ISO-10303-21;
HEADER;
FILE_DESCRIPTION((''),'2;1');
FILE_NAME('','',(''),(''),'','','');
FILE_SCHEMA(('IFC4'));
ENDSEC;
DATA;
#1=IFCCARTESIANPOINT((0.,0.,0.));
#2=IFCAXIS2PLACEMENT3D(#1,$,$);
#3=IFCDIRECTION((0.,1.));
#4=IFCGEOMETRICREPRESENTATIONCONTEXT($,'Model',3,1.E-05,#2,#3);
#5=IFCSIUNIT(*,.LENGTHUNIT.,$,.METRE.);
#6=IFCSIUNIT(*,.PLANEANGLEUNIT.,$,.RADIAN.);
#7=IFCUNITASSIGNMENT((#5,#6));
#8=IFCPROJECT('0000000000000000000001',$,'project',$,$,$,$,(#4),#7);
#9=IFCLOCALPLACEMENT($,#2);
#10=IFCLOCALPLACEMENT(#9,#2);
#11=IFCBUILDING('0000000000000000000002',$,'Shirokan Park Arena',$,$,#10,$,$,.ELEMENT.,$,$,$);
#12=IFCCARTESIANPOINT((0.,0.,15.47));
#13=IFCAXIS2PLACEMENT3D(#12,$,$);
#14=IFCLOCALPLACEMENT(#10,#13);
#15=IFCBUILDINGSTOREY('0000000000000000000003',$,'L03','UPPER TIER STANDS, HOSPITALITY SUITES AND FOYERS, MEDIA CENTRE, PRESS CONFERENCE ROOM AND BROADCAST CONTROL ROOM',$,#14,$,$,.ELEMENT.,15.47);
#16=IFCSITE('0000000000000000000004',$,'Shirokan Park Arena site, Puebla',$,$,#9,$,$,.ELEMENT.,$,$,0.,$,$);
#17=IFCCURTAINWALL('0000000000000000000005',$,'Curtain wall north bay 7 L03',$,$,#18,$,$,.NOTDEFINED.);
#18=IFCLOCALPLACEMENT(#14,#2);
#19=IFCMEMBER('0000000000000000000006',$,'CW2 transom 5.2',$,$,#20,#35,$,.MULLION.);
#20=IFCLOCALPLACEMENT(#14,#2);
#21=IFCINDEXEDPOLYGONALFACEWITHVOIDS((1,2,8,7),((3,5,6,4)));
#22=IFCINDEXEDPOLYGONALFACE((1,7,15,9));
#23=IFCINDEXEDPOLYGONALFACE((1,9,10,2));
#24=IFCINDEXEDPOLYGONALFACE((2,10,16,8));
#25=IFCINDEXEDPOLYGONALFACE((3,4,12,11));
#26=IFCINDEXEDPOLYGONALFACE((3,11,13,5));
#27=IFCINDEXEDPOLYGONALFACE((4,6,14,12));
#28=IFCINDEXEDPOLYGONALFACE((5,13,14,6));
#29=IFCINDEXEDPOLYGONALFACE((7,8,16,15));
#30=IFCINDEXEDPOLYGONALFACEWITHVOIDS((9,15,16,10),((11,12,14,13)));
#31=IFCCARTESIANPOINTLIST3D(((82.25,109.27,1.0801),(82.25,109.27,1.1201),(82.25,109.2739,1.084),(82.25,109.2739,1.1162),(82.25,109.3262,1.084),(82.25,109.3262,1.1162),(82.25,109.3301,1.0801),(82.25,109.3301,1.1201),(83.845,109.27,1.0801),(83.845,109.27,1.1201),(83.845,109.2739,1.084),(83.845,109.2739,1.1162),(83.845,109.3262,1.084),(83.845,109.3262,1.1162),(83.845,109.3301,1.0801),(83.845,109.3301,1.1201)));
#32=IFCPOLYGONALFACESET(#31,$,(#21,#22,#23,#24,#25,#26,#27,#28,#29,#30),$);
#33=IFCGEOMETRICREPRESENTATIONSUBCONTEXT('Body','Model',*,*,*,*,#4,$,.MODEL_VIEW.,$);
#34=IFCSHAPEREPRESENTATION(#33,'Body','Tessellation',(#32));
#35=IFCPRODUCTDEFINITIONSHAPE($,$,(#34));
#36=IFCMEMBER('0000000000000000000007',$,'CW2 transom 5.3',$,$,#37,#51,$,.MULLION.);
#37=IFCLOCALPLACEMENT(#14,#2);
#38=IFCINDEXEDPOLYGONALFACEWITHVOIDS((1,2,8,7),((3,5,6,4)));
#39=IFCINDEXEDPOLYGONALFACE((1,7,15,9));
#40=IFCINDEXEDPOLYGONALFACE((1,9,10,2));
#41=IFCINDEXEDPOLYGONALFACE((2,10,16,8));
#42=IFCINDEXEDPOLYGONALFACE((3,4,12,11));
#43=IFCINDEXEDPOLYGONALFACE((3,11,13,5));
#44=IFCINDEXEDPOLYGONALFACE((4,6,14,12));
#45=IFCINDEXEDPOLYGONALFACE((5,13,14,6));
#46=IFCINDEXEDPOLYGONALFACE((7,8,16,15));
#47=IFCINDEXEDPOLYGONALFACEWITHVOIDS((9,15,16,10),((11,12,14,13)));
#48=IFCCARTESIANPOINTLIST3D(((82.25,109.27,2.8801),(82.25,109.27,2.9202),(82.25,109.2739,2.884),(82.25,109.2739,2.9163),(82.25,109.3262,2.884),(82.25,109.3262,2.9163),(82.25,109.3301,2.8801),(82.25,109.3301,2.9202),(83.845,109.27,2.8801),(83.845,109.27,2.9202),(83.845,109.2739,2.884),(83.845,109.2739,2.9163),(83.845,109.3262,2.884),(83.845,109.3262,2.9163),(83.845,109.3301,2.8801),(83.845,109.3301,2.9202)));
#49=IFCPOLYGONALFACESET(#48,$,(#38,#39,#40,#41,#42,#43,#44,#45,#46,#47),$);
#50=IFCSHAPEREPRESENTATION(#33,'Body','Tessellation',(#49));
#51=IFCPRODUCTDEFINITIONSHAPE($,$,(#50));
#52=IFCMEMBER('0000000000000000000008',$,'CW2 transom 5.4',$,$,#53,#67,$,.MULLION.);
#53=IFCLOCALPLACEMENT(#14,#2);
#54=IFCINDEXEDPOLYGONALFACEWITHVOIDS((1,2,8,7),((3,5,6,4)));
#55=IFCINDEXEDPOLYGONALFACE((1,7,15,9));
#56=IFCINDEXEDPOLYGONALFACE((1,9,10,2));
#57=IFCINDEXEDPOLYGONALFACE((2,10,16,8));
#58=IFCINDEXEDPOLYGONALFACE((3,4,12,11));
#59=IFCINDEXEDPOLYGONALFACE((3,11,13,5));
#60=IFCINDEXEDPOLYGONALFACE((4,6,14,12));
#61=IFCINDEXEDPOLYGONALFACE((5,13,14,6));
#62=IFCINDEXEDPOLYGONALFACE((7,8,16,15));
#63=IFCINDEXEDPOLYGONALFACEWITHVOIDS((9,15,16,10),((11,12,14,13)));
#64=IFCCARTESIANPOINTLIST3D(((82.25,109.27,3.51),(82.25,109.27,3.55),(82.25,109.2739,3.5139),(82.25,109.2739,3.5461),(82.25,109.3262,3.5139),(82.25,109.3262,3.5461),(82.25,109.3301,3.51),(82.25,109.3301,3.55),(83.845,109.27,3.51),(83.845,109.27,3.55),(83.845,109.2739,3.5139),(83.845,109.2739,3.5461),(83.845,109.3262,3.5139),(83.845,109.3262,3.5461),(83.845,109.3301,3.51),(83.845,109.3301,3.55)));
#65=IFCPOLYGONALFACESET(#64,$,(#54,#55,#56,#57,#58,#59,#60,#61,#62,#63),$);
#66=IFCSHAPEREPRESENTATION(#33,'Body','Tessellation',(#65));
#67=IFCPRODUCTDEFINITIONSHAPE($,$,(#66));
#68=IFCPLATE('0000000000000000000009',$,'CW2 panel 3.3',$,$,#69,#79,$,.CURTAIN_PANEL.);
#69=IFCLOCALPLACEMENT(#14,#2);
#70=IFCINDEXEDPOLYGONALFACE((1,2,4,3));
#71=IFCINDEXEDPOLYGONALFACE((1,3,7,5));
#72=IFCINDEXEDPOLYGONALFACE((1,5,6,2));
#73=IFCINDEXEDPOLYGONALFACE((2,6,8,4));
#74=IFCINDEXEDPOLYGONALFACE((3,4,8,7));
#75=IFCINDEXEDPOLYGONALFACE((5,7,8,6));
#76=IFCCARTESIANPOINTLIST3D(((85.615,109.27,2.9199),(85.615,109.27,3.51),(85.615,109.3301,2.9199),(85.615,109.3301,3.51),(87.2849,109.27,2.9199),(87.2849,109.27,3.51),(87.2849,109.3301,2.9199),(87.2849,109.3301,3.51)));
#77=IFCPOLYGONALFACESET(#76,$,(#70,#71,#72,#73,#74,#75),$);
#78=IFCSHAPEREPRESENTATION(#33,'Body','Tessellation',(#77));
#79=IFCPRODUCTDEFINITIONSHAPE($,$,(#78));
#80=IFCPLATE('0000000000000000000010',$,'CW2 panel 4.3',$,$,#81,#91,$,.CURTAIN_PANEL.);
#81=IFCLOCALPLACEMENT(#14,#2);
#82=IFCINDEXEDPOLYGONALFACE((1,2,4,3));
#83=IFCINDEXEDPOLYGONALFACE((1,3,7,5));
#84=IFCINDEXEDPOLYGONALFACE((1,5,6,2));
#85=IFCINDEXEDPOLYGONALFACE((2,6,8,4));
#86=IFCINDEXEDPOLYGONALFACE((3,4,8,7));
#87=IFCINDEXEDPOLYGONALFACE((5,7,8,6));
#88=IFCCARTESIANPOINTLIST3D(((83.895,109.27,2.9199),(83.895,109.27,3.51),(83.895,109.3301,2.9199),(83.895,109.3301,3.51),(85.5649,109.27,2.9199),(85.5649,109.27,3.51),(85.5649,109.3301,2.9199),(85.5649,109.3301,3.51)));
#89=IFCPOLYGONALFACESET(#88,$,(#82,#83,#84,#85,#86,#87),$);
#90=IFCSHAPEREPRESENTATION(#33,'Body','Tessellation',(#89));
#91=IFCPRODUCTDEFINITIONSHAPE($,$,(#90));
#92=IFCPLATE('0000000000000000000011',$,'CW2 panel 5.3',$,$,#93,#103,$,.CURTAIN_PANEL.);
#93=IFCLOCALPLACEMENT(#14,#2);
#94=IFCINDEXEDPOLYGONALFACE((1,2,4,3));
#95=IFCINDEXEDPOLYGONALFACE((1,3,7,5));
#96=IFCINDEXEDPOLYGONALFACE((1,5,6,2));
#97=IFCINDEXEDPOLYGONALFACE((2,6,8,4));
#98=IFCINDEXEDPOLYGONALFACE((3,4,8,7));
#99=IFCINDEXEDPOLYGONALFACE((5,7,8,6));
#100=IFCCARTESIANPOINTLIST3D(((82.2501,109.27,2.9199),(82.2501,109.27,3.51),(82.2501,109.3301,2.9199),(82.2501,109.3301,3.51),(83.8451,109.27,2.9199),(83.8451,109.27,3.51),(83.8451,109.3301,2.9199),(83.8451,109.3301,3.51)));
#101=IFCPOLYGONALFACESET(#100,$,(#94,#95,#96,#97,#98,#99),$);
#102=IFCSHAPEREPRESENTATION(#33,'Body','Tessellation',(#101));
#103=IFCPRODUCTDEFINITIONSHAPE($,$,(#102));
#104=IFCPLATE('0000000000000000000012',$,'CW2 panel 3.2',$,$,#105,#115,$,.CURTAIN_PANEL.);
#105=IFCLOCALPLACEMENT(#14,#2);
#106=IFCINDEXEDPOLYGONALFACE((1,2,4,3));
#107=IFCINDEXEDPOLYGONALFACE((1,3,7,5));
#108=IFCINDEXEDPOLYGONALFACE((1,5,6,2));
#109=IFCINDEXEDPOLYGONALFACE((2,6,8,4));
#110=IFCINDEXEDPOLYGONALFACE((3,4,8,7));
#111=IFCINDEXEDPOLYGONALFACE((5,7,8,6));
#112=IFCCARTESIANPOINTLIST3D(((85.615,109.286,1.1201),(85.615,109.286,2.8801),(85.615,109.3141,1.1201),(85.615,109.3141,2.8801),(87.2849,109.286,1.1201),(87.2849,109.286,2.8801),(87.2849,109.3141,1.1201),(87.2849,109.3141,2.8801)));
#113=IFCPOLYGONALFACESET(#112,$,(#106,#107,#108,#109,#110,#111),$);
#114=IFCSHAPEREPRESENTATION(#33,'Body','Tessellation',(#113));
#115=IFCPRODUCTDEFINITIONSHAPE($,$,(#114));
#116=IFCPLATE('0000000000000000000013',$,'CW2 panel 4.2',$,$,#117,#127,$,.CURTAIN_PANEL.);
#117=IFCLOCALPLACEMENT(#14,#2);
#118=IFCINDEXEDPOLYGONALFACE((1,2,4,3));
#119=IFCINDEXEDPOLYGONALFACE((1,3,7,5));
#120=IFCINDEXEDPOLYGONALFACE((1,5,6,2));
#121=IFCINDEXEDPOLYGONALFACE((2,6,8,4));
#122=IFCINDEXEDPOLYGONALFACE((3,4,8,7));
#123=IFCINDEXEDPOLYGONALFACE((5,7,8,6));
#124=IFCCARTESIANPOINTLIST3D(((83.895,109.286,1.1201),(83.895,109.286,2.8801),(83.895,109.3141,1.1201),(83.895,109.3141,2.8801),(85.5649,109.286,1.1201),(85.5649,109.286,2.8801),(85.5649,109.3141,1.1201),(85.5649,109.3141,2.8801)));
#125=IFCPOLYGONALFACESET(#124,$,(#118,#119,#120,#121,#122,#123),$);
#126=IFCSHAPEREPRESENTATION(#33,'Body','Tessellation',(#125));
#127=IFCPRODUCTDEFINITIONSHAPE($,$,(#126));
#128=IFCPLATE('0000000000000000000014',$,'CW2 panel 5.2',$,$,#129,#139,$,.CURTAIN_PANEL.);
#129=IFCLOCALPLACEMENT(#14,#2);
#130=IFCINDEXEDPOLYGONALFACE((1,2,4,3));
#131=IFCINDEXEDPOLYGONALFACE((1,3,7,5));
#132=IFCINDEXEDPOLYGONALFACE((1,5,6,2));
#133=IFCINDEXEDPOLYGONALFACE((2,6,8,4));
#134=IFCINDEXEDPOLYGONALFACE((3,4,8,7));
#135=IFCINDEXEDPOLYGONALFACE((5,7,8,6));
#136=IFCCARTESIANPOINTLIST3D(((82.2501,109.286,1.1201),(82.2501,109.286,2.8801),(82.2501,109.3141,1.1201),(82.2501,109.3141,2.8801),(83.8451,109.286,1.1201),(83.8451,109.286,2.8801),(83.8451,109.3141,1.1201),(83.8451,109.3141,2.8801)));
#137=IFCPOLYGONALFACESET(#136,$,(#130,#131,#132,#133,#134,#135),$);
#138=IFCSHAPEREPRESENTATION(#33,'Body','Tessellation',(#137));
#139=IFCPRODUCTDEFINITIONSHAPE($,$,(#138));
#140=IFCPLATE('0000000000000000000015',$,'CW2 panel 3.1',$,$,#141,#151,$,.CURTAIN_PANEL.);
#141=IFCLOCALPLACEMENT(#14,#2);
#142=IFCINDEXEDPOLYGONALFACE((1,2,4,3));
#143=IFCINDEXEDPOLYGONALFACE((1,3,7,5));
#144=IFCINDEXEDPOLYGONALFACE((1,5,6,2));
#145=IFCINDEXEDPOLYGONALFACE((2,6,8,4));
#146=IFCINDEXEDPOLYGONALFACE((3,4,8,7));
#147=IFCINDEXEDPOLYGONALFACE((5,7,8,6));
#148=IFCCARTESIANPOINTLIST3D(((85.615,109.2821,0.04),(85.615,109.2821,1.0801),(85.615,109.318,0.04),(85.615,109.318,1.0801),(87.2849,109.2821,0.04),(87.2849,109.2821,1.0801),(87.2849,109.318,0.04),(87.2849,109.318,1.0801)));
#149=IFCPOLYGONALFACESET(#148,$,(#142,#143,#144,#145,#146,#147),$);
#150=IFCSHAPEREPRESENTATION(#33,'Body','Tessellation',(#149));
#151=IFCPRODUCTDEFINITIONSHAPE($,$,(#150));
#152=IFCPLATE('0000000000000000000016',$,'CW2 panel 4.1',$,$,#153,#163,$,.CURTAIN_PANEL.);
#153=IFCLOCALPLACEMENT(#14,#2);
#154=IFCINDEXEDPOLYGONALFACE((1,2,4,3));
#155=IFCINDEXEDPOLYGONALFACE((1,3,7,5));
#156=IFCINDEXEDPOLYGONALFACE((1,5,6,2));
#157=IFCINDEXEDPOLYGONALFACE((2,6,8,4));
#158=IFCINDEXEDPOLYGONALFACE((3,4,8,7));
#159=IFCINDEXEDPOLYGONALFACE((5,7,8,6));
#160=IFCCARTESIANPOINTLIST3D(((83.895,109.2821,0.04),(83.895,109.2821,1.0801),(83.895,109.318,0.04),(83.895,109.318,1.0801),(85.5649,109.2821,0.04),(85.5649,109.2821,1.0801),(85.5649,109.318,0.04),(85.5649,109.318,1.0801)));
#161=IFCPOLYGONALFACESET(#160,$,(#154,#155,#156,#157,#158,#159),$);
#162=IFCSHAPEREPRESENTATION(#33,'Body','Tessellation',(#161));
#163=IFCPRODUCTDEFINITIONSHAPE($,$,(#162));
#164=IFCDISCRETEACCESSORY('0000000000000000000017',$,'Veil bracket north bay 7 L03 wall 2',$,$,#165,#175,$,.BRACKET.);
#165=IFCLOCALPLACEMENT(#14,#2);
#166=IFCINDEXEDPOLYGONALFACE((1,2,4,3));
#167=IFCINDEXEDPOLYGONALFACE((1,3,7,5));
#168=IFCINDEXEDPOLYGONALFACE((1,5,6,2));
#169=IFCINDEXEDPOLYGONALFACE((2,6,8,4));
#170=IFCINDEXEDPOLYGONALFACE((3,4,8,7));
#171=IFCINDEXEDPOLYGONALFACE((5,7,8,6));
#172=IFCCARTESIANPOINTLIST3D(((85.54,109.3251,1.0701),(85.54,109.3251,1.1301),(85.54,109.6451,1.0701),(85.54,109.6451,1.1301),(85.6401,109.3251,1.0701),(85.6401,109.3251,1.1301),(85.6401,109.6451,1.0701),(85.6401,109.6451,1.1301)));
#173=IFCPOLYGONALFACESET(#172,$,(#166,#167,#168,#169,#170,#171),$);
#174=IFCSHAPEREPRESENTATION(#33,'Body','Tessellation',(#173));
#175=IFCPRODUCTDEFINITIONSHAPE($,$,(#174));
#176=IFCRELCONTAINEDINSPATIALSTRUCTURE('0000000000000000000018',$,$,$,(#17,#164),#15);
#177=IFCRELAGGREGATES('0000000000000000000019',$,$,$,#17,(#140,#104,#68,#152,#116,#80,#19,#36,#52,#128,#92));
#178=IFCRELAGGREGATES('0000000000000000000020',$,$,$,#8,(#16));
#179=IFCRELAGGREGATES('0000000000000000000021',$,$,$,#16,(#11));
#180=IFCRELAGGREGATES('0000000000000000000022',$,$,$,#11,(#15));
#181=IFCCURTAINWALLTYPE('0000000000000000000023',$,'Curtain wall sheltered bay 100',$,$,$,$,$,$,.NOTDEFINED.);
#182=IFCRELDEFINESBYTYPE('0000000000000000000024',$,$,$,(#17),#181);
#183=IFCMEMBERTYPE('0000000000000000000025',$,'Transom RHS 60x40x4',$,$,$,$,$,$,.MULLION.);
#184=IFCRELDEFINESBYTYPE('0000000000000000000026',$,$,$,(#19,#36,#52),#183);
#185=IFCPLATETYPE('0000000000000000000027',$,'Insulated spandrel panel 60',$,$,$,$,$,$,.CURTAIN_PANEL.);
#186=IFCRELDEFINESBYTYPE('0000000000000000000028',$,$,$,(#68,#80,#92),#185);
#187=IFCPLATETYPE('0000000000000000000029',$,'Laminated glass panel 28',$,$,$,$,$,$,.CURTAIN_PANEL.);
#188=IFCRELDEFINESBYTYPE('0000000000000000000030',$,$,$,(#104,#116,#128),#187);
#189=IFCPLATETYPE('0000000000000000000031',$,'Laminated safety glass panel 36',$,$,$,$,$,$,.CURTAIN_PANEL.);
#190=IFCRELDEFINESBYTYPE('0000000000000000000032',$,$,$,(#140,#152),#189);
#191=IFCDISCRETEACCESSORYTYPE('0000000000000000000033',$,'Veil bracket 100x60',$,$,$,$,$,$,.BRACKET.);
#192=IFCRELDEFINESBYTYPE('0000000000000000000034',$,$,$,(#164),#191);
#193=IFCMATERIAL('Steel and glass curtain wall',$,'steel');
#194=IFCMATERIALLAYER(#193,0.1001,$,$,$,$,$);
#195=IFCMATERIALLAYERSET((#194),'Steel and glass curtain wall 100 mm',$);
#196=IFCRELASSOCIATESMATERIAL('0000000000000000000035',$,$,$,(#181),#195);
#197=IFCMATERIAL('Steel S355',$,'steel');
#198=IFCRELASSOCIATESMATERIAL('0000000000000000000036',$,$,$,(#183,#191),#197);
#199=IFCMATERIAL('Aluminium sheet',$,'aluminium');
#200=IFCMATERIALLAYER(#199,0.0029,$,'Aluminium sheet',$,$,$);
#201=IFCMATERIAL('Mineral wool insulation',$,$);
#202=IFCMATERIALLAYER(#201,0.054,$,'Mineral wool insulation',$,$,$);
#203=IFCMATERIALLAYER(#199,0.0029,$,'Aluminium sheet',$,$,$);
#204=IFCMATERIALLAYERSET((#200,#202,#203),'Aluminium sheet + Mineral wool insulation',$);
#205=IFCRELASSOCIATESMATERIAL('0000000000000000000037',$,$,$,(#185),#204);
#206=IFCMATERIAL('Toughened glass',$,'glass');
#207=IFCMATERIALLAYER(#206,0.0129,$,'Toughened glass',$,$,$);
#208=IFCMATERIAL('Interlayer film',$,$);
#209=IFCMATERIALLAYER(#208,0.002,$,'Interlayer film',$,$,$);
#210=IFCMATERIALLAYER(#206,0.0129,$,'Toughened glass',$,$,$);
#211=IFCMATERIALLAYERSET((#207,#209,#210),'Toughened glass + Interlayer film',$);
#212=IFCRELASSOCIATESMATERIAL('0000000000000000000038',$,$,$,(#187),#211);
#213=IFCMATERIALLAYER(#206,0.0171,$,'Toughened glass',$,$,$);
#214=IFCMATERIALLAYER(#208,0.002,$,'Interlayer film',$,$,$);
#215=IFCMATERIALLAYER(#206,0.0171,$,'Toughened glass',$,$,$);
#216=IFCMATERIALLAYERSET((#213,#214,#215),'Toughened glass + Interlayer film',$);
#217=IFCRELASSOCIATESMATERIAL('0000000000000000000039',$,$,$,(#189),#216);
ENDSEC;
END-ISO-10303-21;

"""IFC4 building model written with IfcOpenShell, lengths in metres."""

from ifc_helpers import new_model, si_unit, direction, frame, origin, origin_2d, place, context, subcontext, project, spatial, rectangle, hollow_rectangle, extrude, material, layer, layer_set, material_profile, profile_set, type_object, element, aggregate, save


model = new_model("IFC4")

# Units and contexts
model_context = context("Model", 3, precision=1e-05, world=origin(), true_north=direction((0.0, 1.0)))
body_context = subcontext(model_context, "Body", "Model", "MODEL_VIEW")
ifc_project = project(units=[si_unit("LENGTHUNIT", "METRE"), si_unit("PLANEANGLEUNIT", "RADIAN")], contexts=[model_context])

# Site, building, storey
site_placement = place(None, origin())
site = spatial("IfcSite", under=ifc_project, at=site_placement, Name="Shirokan Park Arena site, Puebla", CompositionType="ELEMENT", RefElevation=0.0)
building_placement = place(site_placement, origin())
building = spatial("IfcBuilding", under=site, at=building_placement, Name="Shirokan Park Arena", CompositionType="ELEMENT")
storey_placement = place(building_placement, frame((0.0, 0.0, 15.47)))
storey = spatial("IfcBuildingStorey", under=building, at=storey_placement, Name="L03", Description="UPPER TIER STANDS, HOSPITALITY SUITES AND FOYERS, MEDIA CENTRE, PRESS CONFERENCE ROOM AND BROADCAST CONTROL ROOM", CompositionType="ELEMENT", Elevation=15.47)

# Curtain wall, members, plates
ifc_material_1 = material(Name="Steel and glass curtain wall", Category="steel")
ifc_layer_1 = layer(ifc_material_1, 0.1001)
ifc_layer_set_1 = layer_set([ifc_layer_1], Name="Steel and glass curtain wall 100 mm")
curtain_wall_type = type_object("IfcCurtainWallType", Name="Curtain wall sheltered bay 100", PredefinedType="NOTDEFINED", material=ifc_layer_set_1)
curtain_wall_placement = place(storey_placement, origin())
curtain_wall = element("IfcCurtainWall", 1, at=curtain_wall_placement, inside=storey, type_object=curtain_wall_type, Name="Curtain wall north bay 7 L03", PredefinedType="NOTDEFINED")
ifc_material_2 = material(Name="Steel S355", Category="steel")
ifc_material_profile_1 = material_profile(ifc_material_2, hollow_rectangle(XDim=0.0601, YDim=0.04, WallThickness=0.0039, at=origin_2d()), Name="RHS 60x40x4")
ifc_profile_set_1 = profile_set([ifc_material_profile_1], Name="Steel S355")
member_type_1 = type_object("IfcMemberType", Name="Transom RHS 60x40x4", PredefinedType="MULLION", material=ifc_profile_set_1)
member_1_placement = place(storey_placement, frame((83.845, 109.3, 1.1001), z_axis=(-1.0, 0.0, 0.0), x_axis=(0.0, -1.0, 0.0)))
member_1 = element("IfcMember", 2, at=member_1_placement, type_object=member_type_1, Name="CW2 transom 5.2", PredefinedType="MULLION", context=body_context, shape_type="SweptSolid", body=[
    extrude(hollow_rectangle(XDim=0.0601, YDim=0.04, WallThickness=0.0039, at=origin_2d()), origin(), (0.0, 0.0, 1.0), 1.595),
])
member_2_placement = place(storey_placement, frame((83.845, 109.3, 2.9001), z_axis=(-1.0, 0.0, 0.0), x_axis=(0.0, -1.0, 0.0)))
member_2 = element("IfcMember", 3, at=member_2_placement, type_object=member_type_1, Name="CW2 transom 5.3", PredefinedType="MULLION", context=body_context, shape_type="SweptSolid", body=[
    extrude(hollow_rectangle(XDim=0.0601, YDim=0.04, WallThickness=0.0039, at=origin_2d()), origin(), (0.0, 0.0, 1.0), 1.595),
])
member_3_placement = place(storey_placement, frame((83.845, 109.3, 3.53), z_axis=(-1.0, 0.0, 0.0), x_axis=(0.0, -1.0, 0.0)))
member_3 = element("IfcMember", 4, at=member_3_placement, type_object=member_type_1, Name="CW2 transom 5.4", PredefinedType="MULLION", context=body_context, shape_type="SweptSolid", body=[
    extrude(hollow_rectangle(XDim=0.0601, YDim=0.04, WallThickness=0.0039, at=origin_2d()), origin(), (0.0, 0.0, 1.0), 1.595),
])
ifc_material_3 = material(Name="Aluminium sheet", Category="aluminium")
ifc_layer_2 = layer(ifc_material_3, 0.0029, Name="Aluminium sheet")
ifc_material_4 = material(Name="Mineral wool insulation")
ifc_layer_3 = layer(ifc_material_4, 0.054, Name="Mineral wool insulation")
ifc_layer_4 = layer(ifc_material_3, 0.0029, Name="Aluminium sheet")
ifc_layer_set_2 = layer_set([ifc_layer_2, ifc_layer_3, ifc_layer_4], Name="Aluminium sheet + Mineral wool insulation")
plate_type_1 = type_object("IfcPlateType", Name="Insulated spandrel panel 60", PredefinedType="CURTAIN_PANEL", material=ifc_layer_set_2)
plate_1_placement = place(storey_placement, frame((86.45, 109.3, 2.9199), z_axis=(0.0, 0.0, 1.0), x_axis=(-1.0, 0.0, 0.0)))
plate_1 = element("IfcPlate", 5, at=plate_1_placement, type_object=plate_type_1, Name="CW2 panel 3.3", PredefinedType="CURTAIN_PANEL", context=body_context, shape_type="SweptSolid", body=[
    extrude(rectangle(XDim=1.6699, YDim=0.0601, at=origin_2d()), origin(), (0.0, 0.0, 1.0), 0.5901),
])
plate_2_placement = place(storey_placement, frame((84.73, 109.3, 2.9199), z_axis=(0.0, 0.0, 1.0), x_axis=(-1.0, 0.0, 0.0)))
plate_2 = element("IfcPlate", 6, at=plate_2_placement, type_object=plate_type_1, Name="CW2 panel 4.3", PredefinedType="CURTAIN_PANEL", context=body_context, shape_type="SweptSolid", body=[
    extrude(rectangle(XDim=1.6699, YDim=0.0601, at=origin_2d()), origin(), (0.0, 0.0, 1.0), 0.5901),
])
plate_3_placement = place(storey_placement, frame((83.0476, 109.3, 2.9199), z_axis=(0.0, 0.0, 1.0), x_axis=(-1.0, 0.0, 0.0)))
plate_3 = element("IfcPlate", 7, at=plate_3_placement, type_object=plate_type_1, Name="CW2 panel 5.3", PredefinedType="CURTAIN_PANEL", context=body_context, shape_type="SweptSolid", body=[
    extrude(rectangle(XDim=1.595, YDim=0.0601, at=origin_2d()), origin(), (0.0, 0.0, 1.0), 0.5901),
])
ifc_material_5 = material(Name="Toughened glass", Category="glass")
ifc_layer_5 = layer(ifc_material_5, 0.0129, Name="Toughened glass")
ifc_material_6 = material(Name="Interlayer film")
ifc_layer_6 = layer(ifc_material_6, 0.002, Name="Interlayer film")
ifc_layer_7 = layer(ifc_material_5, 0.0129, Name="Toughened glass")
ifc_layer_set_3 = layer_set([ifc_layer_5, ifc_layer_6, ifc_layer_7], Name="Toughened glass + Interlayer film")
plate_type_2 = type_object("IfcPlateType", Name="Laminated glass panel 28", PredefinedType="CURTAIN_PANEL", material=ifc_layer_set_3)
plate_4_placement = place(storey_placement, frame((86.45, 109.3, 1.1201), z_axis=(0.0, 0.0, 1.0), x_axis=(-1.0, 0.0, 0.0)))
plate_4 = element("IfcPlate", 8, at=plate_4_placement, type_object=plate_type_2, Name="CW2 panel 3.2", PredefinedType="CURTAIN_PANEL", context=body_context, shape_type="SweptSolid", body=[
    extrude(rectangle(XDim=1.6699, YDim=0.0281, at=origin_2d()), origin(), (0.0, 0.0, 1.0), 1.76),
])
plate_5_placement = place(storey_placement, frame((84.73, 109.3, 1.1201), z_axis=(0.0, 0.0, 1.0), x_axis=(-1.0, 0.0, 0.0)))
plate_5 = element("IfcPlate", 9, at=plate_5_placement, type_object=plate_type_2, Name="CW2 panel 4.2", PredefinedType="CURTAIN_PANEL", context=body_context, shape_type="SweptSolid", body=[
    extrude(rectangle(XDim=1.6699, YDim=0.0281, at=origin_2d()), origin(), (0.0, 0.0, 1.0), 1.76),
])
plate_6_placement = place(storey_placement, frame((83.0476, 109.3, 1.1201), z_axis=(0.0, 0.0, 1.0), x_axis=(-1.0, 0.0, 0.0)))
plate_6 = element("IfcPlate", 10, at=plate_6_placement, type_object=plate_type_2, Name="CW2 panel 5.2", PredefinedType="CURTAIN_PANEL", context=body_context, shape_type="SweptSolid", body=[
    extrude(rectangle(XDim=1.595, YDim=0.0281, at=origin_2d()), origin(), (0.0, 0.0, 1.0), 1.76),
])
ifc_layer_8 = layer(ifc_material_5, 0.0171, Name="Toughened glass")
ifc_layer_9 = layer(ifc_material_6, 0.002, Name="Interlayer film")
ifc_layer_10 = layer(ifc_material_5, 0.0171, Name="Toughened glass")
ifc_layer_set_4 = layer_set([ifc_layer_8, ifc_layer_9, ifc_layer_10], Name="Toughened glass + Interlayer film")
plate_type_3 = type_object("IfcPlateType", Name="Laminated safety glass panel 36", PredefinedType="CURTAIN_PANEL", material=ifc_layer_set_4)
plate_7_placement = place(storey_placement, frame((86.45, 109.3, 0.04), z_axis=(0.0, 0.0, 1.0), x_axis=(-1.0, 0.0, 0.0)))
plate_7 = element("IfcPlate", 11, at=plate_7_placement, type_object=plate_type_3, Name="CW2 panel 3.1", PredefinedType="CURTAIN_PANEL", context=body_context, shape_type="SweptSolid", body=[
    extrude(rectangle(XDim=1.6699, YDim=0.0359, at=origin_2d()), origin(), (0.0, 0.0, 1.0), 1.04),
])
plate_8_placement = place(storey_placement, frame((84.73, 109.3, 0.04), z_axis=(0.0, 0.0, 1.0), x_axis=(-1.0, 0.0, 0.0)))
plate_8 = element("IfcPlate", 12, at=plate_8_placement, type_object=plate_type_3, Name="CW2 panel 4.1", PredefinedType="CURTAIN_PANEL", context=body_context, shape_type="SweptSolid", body=[
    extrude(rectangle(XDim=1.6699, YDim=0.0359, at=origin_2d()), origin(), (0.0, 0.0, 1.0), 1.04),
])
aggregate(curtain_wall, [plate_7, plate_4, plate_1, plate_8, plate_5, plate_2, member_1, member_2, member_3, plate_6, plate_3])

# Discrete accessory
discrete_accessory_type = type_object("IfcDiscreteAccessoryType", Name="Veil bracket 100x60", PredefinedType="BRACKET", material=ifc_material_2)
discrete_accessory_placement = place(storey_placement, frame((85.5901, 109.4851, 1.0701), z_axis=(0.0, 0.0, 1.0), x_axis=(-1.0, 0.0, 0.0)))
element("IfcDiscreteAccessory", 13, at=discrete_accessory_placement, inside=storey, type_object=discrete_accessory_type, Name="Veil bracket north bay 7 L03 wall 2", PredefinedType="BRACKET", context=body_context, shape_type="SweptSolid", body=[
    extrude(rectangle(XDim=0.1001, YDim=0.3201, at=origin_2d()), origin(), (0.0, 0.0, 1.0), 0.0601),
])

save(model, "model.ifc")
